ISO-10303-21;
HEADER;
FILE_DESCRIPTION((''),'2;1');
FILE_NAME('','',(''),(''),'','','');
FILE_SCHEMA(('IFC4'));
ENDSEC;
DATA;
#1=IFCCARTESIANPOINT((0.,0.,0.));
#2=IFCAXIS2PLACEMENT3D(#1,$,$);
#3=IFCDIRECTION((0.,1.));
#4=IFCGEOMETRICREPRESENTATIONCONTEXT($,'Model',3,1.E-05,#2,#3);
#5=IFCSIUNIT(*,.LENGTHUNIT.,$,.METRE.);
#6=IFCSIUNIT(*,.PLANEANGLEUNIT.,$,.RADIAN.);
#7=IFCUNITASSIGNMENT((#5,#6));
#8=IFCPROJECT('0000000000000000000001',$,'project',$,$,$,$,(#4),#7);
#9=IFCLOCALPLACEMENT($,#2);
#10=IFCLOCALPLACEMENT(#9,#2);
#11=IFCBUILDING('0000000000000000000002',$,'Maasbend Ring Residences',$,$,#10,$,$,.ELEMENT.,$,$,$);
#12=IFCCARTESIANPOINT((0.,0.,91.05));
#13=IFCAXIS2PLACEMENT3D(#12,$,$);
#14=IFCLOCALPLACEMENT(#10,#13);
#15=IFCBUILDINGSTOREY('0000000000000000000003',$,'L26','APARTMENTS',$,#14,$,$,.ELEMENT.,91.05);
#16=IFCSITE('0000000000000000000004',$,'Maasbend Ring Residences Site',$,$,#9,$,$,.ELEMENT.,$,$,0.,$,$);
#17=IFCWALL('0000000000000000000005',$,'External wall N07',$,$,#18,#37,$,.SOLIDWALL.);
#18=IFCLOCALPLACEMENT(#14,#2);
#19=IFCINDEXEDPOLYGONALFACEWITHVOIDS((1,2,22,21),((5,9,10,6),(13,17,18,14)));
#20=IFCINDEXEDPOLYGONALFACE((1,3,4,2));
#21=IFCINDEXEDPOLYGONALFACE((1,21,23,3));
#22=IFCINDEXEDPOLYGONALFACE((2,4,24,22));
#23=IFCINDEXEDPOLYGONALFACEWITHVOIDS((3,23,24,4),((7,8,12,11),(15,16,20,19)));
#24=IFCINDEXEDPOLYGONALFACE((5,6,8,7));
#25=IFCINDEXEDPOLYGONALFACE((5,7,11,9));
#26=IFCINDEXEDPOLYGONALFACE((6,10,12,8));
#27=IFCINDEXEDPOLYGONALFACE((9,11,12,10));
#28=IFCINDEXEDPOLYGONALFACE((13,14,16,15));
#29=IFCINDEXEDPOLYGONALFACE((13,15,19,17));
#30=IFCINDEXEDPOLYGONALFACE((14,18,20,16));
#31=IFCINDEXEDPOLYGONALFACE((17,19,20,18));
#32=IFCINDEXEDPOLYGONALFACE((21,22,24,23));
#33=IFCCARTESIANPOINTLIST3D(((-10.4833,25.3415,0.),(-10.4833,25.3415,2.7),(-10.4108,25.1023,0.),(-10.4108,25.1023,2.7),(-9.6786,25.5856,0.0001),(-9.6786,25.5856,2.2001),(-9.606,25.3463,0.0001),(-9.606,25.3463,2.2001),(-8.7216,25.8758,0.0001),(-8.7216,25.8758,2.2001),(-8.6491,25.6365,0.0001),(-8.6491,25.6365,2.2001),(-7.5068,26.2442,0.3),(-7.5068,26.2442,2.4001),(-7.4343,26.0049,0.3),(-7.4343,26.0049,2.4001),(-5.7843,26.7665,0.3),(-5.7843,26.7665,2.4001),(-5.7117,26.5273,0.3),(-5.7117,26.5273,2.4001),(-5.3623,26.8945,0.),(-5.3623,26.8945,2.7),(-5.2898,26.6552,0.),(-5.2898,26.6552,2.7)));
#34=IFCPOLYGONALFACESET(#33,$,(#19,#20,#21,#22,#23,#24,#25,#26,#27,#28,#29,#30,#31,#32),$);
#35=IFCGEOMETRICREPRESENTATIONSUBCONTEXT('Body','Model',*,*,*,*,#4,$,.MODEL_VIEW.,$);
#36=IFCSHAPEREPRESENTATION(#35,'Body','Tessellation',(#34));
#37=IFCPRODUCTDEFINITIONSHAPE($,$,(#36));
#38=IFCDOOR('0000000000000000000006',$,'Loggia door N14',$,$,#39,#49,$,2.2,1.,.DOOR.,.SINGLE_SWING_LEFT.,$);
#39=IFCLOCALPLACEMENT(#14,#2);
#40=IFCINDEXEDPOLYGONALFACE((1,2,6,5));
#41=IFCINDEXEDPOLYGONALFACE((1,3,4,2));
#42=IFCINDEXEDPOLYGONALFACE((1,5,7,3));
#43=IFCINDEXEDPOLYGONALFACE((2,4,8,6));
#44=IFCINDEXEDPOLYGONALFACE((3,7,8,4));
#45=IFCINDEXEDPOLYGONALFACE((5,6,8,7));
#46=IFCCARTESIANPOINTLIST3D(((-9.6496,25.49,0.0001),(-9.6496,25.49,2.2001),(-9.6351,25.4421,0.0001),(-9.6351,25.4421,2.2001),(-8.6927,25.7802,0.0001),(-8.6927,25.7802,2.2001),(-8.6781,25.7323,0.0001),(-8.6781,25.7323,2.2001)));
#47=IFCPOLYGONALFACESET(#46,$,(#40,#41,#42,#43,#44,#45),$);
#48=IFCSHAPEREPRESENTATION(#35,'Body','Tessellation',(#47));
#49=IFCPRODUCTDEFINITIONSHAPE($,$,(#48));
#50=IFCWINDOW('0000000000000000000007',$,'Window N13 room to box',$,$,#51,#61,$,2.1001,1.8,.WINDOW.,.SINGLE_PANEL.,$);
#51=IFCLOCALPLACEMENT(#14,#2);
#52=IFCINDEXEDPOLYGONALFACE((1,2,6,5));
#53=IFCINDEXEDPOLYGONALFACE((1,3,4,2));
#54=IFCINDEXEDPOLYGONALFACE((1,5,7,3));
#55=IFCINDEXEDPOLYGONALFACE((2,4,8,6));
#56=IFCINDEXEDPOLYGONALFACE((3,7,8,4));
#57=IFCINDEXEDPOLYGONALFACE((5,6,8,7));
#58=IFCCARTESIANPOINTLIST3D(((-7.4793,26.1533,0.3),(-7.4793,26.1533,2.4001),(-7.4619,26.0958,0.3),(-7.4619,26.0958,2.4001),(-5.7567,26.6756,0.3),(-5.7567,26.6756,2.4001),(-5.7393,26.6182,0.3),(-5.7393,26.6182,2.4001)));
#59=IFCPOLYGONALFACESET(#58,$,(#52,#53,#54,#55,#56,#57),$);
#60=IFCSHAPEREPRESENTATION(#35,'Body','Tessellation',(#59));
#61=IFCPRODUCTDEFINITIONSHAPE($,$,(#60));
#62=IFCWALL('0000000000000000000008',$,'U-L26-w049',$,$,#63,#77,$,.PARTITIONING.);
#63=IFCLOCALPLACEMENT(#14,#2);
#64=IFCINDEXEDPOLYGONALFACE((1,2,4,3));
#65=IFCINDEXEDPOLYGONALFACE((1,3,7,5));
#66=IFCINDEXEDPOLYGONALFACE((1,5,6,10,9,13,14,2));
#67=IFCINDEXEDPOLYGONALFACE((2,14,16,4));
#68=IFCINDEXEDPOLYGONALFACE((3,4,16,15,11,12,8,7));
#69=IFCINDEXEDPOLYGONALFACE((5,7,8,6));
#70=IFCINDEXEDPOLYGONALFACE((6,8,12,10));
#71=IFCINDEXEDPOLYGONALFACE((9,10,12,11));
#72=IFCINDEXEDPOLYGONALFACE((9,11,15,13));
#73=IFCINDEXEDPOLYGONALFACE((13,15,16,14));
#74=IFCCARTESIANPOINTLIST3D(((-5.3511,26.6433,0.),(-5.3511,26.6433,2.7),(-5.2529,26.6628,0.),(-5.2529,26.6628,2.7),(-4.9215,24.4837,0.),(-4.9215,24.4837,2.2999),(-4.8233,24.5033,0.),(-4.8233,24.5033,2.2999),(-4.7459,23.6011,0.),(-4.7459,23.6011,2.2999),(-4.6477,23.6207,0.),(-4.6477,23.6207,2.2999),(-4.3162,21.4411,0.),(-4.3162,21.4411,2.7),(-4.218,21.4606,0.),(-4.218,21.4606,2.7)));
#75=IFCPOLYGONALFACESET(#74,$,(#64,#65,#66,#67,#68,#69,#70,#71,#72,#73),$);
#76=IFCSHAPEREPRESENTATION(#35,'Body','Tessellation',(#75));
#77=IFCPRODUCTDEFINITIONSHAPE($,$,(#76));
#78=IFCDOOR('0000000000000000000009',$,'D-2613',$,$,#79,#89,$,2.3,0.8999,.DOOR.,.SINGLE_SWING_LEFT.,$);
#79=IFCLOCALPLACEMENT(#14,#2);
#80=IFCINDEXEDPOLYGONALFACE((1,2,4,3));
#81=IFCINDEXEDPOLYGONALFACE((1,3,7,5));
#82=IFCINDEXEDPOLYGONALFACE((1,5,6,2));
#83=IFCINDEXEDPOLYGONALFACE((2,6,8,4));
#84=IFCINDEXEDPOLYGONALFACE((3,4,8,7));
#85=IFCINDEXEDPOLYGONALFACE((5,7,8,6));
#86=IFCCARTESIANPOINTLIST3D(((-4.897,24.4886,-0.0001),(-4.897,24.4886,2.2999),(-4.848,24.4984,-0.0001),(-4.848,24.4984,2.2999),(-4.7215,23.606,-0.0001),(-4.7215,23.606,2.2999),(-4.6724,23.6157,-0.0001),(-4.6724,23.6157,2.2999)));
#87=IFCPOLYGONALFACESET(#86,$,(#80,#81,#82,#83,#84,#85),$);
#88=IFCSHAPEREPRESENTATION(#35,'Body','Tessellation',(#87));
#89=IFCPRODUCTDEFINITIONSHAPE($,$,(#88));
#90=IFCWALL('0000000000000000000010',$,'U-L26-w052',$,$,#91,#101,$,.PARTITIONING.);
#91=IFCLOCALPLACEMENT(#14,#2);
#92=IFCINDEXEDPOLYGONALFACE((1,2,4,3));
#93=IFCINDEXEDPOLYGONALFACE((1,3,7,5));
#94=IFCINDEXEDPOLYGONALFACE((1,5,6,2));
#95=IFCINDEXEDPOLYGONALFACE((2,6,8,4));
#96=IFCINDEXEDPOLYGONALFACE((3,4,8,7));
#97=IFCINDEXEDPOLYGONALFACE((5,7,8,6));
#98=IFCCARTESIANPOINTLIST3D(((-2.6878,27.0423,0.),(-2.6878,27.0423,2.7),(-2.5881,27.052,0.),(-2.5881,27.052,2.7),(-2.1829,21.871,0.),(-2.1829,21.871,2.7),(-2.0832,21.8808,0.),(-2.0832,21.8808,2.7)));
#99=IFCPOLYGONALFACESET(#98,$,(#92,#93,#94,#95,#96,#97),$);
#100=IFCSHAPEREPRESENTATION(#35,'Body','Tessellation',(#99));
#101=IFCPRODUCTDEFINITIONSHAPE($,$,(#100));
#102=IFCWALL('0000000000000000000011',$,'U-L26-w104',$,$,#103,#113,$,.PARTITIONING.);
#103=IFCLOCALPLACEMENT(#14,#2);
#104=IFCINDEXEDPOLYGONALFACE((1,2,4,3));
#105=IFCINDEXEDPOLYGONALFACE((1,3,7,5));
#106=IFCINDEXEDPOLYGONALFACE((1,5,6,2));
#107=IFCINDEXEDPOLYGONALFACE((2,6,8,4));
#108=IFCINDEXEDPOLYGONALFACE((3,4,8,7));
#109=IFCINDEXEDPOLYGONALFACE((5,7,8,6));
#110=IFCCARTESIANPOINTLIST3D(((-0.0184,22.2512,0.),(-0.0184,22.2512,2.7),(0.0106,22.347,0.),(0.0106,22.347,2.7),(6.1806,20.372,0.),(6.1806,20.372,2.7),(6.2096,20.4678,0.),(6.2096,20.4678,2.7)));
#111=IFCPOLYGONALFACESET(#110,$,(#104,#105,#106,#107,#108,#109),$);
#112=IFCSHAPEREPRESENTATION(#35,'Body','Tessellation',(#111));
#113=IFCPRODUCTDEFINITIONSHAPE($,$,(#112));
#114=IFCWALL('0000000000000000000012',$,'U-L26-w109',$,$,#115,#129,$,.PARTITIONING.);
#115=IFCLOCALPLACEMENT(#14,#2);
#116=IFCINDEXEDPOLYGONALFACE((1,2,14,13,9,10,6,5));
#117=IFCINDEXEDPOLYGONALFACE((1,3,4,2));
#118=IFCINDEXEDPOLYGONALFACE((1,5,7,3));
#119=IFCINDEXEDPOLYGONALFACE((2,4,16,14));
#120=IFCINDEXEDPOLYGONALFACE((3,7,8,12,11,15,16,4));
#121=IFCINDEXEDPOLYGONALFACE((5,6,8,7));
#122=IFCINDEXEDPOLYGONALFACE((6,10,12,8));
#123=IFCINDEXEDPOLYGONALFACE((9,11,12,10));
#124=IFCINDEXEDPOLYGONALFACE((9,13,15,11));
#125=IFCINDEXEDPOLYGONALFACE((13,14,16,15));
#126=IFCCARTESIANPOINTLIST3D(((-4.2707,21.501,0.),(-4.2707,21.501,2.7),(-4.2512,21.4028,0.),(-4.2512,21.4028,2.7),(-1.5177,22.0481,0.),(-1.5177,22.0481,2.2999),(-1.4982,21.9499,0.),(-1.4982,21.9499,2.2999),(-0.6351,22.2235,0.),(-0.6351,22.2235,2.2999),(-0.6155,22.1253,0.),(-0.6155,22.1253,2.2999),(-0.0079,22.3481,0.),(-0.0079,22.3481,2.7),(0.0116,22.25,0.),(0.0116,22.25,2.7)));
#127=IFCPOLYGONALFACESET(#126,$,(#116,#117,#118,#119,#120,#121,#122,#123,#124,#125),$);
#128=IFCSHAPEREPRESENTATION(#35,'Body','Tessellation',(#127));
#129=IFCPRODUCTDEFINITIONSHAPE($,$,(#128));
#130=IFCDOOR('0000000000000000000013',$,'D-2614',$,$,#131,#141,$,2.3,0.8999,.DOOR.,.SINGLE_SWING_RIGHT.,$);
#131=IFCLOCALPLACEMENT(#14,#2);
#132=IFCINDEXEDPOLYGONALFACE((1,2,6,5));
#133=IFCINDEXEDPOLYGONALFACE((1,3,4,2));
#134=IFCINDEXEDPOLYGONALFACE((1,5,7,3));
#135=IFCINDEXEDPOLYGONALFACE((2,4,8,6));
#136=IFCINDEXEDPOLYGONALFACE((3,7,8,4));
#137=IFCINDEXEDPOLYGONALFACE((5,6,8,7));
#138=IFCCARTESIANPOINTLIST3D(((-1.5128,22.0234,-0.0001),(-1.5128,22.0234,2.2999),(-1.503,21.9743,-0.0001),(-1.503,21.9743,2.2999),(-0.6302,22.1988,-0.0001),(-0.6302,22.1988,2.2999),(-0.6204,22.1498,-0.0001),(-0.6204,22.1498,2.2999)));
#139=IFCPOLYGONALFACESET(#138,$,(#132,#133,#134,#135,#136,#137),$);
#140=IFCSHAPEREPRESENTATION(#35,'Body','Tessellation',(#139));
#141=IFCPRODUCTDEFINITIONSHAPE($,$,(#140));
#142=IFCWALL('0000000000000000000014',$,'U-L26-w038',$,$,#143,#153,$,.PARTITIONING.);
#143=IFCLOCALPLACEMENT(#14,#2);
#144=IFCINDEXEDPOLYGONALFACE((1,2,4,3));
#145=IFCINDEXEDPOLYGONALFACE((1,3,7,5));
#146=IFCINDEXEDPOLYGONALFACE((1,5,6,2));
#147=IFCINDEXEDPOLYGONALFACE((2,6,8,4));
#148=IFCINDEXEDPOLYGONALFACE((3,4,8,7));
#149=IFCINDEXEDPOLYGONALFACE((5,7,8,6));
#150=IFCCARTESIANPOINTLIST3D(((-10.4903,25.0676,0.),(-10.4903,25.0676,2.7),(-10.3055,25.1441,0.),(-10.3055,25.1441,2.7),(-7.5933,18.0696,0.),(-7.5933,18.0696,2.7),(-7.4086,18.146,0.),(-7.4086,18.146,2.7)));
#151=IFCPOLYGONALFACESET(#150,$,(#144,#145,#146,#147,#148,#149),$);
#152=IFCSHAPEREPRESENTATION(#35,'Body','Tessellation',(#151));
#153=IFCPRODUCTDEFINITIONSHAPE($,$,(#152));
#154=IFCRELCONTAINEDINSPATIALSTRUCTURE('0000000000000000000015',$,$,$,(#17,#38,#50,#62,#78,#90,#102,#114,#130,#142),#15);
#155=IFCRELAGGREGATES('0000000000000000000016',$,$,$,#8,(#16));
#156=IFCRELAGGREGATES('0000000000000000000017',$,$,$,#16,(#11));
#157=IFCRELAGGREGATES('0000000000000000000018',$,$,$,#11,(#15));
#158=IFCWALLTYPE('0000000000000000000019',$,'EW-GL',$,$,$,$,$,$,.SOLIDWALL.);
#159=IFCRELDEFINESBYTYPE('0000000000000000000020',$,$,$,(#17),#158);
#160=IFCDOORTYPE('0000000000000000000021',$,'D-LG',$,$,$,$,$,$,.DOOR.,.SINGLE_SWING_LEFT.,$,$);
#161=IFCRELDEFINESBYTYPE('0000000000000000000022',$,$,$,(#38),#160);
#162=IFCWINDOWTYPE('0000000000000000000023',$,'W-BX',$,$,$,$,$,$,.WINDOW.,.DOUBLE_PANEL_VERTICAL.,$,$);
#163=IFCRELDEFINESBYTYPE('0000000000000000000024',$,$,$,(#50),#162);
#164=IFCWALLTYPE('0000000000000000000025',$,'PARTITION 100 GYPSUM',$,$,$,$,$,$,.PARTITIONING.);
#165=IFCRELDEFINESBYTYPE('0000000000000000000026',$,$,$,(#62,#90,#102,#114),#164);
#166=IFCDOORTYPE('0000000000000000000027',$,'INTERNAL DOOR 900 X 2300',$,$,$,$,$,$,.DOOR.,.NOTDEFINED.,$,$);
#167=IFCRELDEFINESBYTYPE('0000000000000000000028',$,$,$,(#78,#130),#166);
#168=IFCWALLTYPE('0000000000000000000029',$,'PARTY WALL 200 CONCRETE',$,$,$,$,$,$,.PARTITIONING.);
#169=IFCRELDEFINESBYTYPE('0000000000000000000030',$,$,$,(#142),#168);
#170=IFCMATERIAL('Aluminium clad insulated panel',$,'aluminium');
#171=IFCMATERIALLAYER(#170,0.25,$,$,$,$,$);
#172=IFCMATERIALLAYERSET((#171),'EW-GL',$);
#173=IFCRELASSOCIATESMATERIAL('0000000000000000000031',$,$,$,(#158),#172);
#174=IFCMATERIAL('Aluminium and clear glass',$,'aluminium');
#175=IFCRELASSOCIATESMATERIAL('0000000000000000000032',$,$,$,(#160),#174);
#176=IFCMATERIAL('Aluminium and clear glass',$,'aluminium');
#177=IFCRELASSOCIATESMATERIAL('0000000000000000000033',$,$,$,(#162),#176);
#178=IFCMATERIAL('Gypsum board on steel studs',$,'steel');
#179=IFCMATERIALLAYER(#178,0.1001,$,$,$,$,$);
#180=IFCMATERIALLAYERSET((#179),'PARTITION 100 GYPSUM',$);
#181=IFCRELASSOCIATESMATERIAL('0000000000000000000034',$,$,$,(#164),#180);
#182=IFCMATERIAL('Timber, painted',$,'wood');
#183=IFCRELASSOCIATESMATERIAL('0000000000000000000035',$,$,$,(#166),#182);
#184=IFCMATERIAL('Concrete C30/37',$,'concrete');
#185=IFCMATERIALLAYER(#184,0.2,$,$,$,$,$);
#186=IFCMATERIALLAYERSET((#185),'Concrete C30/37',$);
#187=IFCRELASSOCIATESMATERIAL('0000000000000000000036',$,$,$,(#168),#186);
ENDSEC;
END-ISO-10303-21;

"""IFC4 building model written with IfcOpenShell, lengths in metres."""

from ifc_helpers import new_model, si_unit, direction, frame, frame_2d, origin, place, context, subcontext, project, spatial, rectangle, extrude, material, layer, layer_set, type_object, element, fill, save


model = new_model("IFC4")

# Units and contexts
model_context = context("Model", 3, precision=1e-05, world=origin(), true_north=direction((0.0, 1.0)))
body_context = subcontext(model_context, "Body", "Model", "MODEL_VIEW")
ifc_project = project(units=[si_unit("LENGTHUNIT", "METRE"), si_unit("PLANEANGLEUNIT", "RADIAN")], contexts=[model_context])

# Site, building, storey
site_placement = place(None, origin())
site = spatial("IfcSite", under=ifc_project, at=site_placement, Name="Maasbend Ring Residences Site", CompositionType="ELEMENT", RefElevation=0.0)
building_placement = place(site_placement, origin())
building = spatial("IfcBuilding", under=site, at=building_placement, Name="Maasbend Ring Residences", CompositionType="ELEMENT")
storey_placement = place(building_placement, frame((0.0, 0.0, 91.05)))
storey = spatial("IfcBuildingStorey", under=building, at=storey_placement, Name="L26", Description="APARTMENTS", CompositionType="ELEMENT", Elevation=91.05)

# Wall, openings, door, window
ifc_material_1 = material(Name="Aluminium clad insulated panel", Category="aluminium")
ifc_layer_1 = layer(ifc_material_1, 0.25)
ifc_layer_set_1 = layer_set([ifc_layer_1], Name="EW-GL")
wall_type_1 = type_object("IfcWallType", Name="EW-GL", PredefinedType="SOLIDWALL", material=ifc_layer_set_1)
wall_1_placement = place(storey_placement, frame((-5.3259, 26.7749, 0.0), z_axis=(0.0, 0.0, 1.0), x_axis=(-0.956966, -0.290201, 0.0)))
wall_1 = element("IfcWall", 1, at=wall_1_placement, inside=storey, type_object=wall_type_1, Name="External wall N07", PredefinedType="SOLIDWALL", context=body_context, shape_type="SweptSolid", body=[
    extrude(rectangle(XDim=5.3513, YDim=0.25, at=frame_2d((2.6758, 0.0))), origin(), (0.0, 0.0, 1.0), 2.7),
])
opening_1_placement = place(wall_1_placement, frame((0.4412, 0.0, 0.3)))
opening_1 = element("IfcOpeningElement", 2, at=opening_1_placement, cuts=wall_1, PredefinedType="OPENING", context=body_context, shape_type="SweptSolid", body=[
    extrude(rectangle(XDim=1.8, YDim=2.1001, at=frame_2d((0.8999, 1.05))), frame((0.0, 0.135, 0.0), z_axis=(0.0, -1.0, 0.0), x_axis=(1.0, 0.0, 0.0)), (0.0, 0.0, 1.0), 0.27),
])
opening_2_placement = place(wall_1_placement, frame((3.5105, 0.0, 0.0)))
opening_2 = element("IfcOpeningElement", 3, at=opening_2_placement, cuts=wall_1, PredefinedType="OPENING", context=body_context, shape_type="SweptSolid", body=[
    extrude(rectangle(XDim=1.0, YDim=2.2, at=frame_2d((0.5, 1.1001))), frame((0.0, 0.135, 0.0), z_axis=(0.0, -1.0, 0.0), x_axis=(1.0, 0.0, 0.0)), (0.0, 0.0, 1.0), 0.27),
])
ifc_material_2 = material(Name="Aluminium and clear glass", Category="aluminium")
door_type_1 = type_object("IfcDoorType", Name="D-LG", OperationType="SINGLE_SWING_LEFT", PredefinedType="DOOR", material=ifc_material_2)
door_1_placement = place(opening_2_placement, origin())
door_1 = element("IfcDoor", 4, at=door_1_placement, inside=storey, type_object=door_type_1, Name="Loggia door N14", OperationType="SINGLE_SWING_LEFT", OverallHeight=2.2, OverallWidth=1.0, PredefinedType="DOOR", context=body_context, shape_type="SweptSolid", body=[
    extrude(rectangle(XDim=1.0, YDim=2.2, at=frame_2d((0.5, 1.1001))), frame((0.0, 0.0249, 0.0), z_axis=(0.0, -1.0, 0.0), x_axis=(1.0, 0.0, 0.0)), (0.0, 0.0, 1.0), 0.05),
])
fill(opening_2, door_1)
ifc_material_3 = material(Name="Aluminium and clear glass", Category="aluminium")
window_type_1 = type_object("IfcWindowType", Name="W-BX", PartitioningType="DOUBLE_PANEL_VERTICAL", PredefinedType="WINDOW", material=ifc_material_3)
window_1_placement = place(opening_1_placement, origin())
window_1 = element("IfcWindow", 5, at=window_1_placement, inside=storey, type_object=window_type_1, Name="Window N13 room to box", OverallHeight=2.1001, OverallWidth=1.8, PartitioningType="SINGLE_PANEL", PredefinedType="WINDOW", context=body_context, shape_type="SweptSolid", body=[
    extrude(rectangle(XDim=1.8, YDim=2.1001, at=frame_2d((0.8999, 1.05))), frame((0.0, 0.03, 0.0), z_axis=(0.0, -1.0, 0.0), x_axis=(1.0, 0.0, 0.0)), (0.0, 0.0, 1.0), 0.0601),
])
fill(opening_1, window_1)

# Wall, opening, door
ifc_material_4 = material(Name="Gypsum board on steel studs", Category="steel")
ifc_layer_2 = layer(ifc_material_4, 0.1001)
ifc_layer_set_2 = layer_set([ifc_layer_2], Name="PARTITION 100 GYPSUM")
wall_type_2 = type_object("IfcWallType", Name="PARTITION 100 GYPSUM", PredefinedType="PARTITIONING", material=ifc_layer_set_2)
wall_2_placement = place(storey_placement, frame((-5.302, 26.6531, 0.0), z_axis=(0.0, 0.0, 1.0), x_axis=(0.195116, -0.98078, 0.0)))
wall_2 = element("IfcWall", 6, at=wall_2_placement, inside=storey, type_object=wall_type_2, Name="U-L26-w049", PredefinedType="PARTITIONING", context=body_context, shape_type="SweptSolid", body=[
    extrude(rectangle(XDim=5.3042, YDim=0.1001, at=frame_2d((2.6521, 0.0))), origin(), (0.0, 0.0, 1.0), 2.7),
])
opening_3_placement = place(wall_2_placement, frame((2.2019, 0.0, 0.0)))
opening_3 = element("IfcOpeningElement", 7, at=opening_3_placement, cuts=wall_2, PredefinedType="OPENING", context=body_context, shape_type="SweptSolid", body=[
    extrude(rectangle(XDim=0.8999, YDim=2.3, at=frame_2d((0.45, 1.1499))), frame((0.0, 0.0601, 0.0), z_axis=(0.0, -1.0, 0.0), x_axis=(1.0, 0.0, 0.0)), (0.0, 0.0, 1.0), 0.1201),
])
ifc_material_5 = material(Name="Timber, painted", Category="wood")
door_type_2 = type_object("IfcDoorType", Name="INTERNAL DOOR 900 X 2300", OperationType="NOTDEFINED", PredefinedType="DOOR", material=ifc_material_5)
door_2_placement = place(opening_3_placement, origin())
door_2 = element("IfcDoor", 8, at=door_2_placement, inside=storey, type_object=door_type_2, Name="D-2613", OperationType="SINGLE_SWING_LEFT", OverallHeight=2.3, OverallWidth=0.8999, PredefinedType="DOOR", context=body_context, shape_type="SweptSolid", body=[
    extrude(rectangle(XDim=0.8999, YDim=2.3, at=frame_2d((0.45, 1.1499))), frame((0.0, 0.0249, 0.0), z_axis=(0.0, -1.0, 0.0), x_axis=(1.0, 0.0, 0.0)), (0.0, 0.0, 1.0), 0.05),
])
fill(opening_3, door_2)

# Walls
wall_3_placement = place(storey_placement, frame((-2.6379, 27.0471, 0.0), z_axis=(0.0, 0.0, 1.0), x_axis=(0.097173, -0.995268, 0.0)))
element("IfcWall", 9, at=wall_3_placement, inside=storey, type_object=wall_type_2, Name="U-L26-w052", PredefinedType="PARTITIONING", context=body_context, shape_type="SweptSolid", body=[
    extrude(rectangle(XDim=5.1958, YDim=0.1001, at=frame_2d((2.5979, 0.0))), origin(), (0.0, 0.0, 1.0), 2.7),
])
wall_4_placement = place(storey_placement, frame((-0.0039, 22.2991, 0.0), z_axis=(0.0, 0.0, 1.0), x_axis=(0.956996, -0.290103, 0.0)))
element("IfcWall", 10, at=wall_4_placement, inside=storey, type_object=wall_type_2, Name="U-L26-w104", PredefinedType="PARTITIONING", context=body_context, shape_type="SweptSolid", body=[
    extrude(rectangle(XDim=6.4775, YDim=0.1001, at=frame_2d((3.2388, 0.0))), origin(), (0.0, 0.0, 1.0), 2.7),
])

# Wall, opening, door
wall_5_placement = place(storey_placement, frame((-4.261, 21.4519, 0.0), z_axis=(0.0, 0.0, 1.0), x_axis=(0.98082, 0.194917, 0.0)))
wall_5 = element("IfcWall", 11, at=wall_5_placement, inside=storey, type_object=wall_type_2, Name="U-L26-w109", PredefinedType="PARTITIONING", context=body_context, shape_type="SweptSolid", body=[
    extrude(rectangle(XDim=4.3462, YDim=0.1001, at=frame_2d((2.1731, 0.0))), origin(), (0.0, 0.0, 1.0), 2.7),
])
opening_4_placement = place(wall_5_placement, frame((2.8069, 0.0, 0.0)))
opening_4 = element("IfcOpeningElement", 12, at=opening_4_placement, cuts=wall_5, PredefinedType="OPENING", context=body_context, shape_type="SweptSolid", body=[
    extrude(rectangle(XDim=0.8999, YDim=2.3, at=frame_2d((0.45, 1.1499))), frame((0.0, 0.0601, 0.0), z_axis=(0.0, -1.0, 0.0), x_axis=(1.0, 0.0, 0.0)), (0.0, 0.0, 1.0), 0.1201),
])
door_3_placement = place(opening_4_placement, origin())
door_3 = element("IfcDoor", 13, at=door_3_placement, inside=storey, type_object=door_type_2, Name="D-2614", OperationType="SINGLE_SWING_RIGHT", OverallHeight=2.3, OverallWidth=0.8999, PredefinedType="DOOR", context=body_context, shape_type="SweptSolid", body=[
    extrude(rectangle(XDim=0.8999, YDim=2.3, at=frame_2d((0.45, 1.1499))), frame((0.0, 0.0249, 0.0), z_axis=(0.0, -1.0, 0.0), x_axis=(1.0, 0.0, 0.0)), (0.0, 0.0, 1.0), 0.05),
])
fill(opening_4, door_3)

# Wall
ifc_material_6 = material(Name="Concrete C30/37", Category="concrete")
ifc_layer_3 = layer(ifc_material_6, 0.2)
ifc_layer_set_3 = layer_set([ifc_layer_3], Name="Concrete C30/37")
wall_type_3 = type_object("IfcWallType", Name="PARTY WALL 200 CONCRETE", PredefinedType="PARTITIONING", material=ifc_layer_set_3)
wall_6_placement = place(storey_placement, frame((-10.3979, 25.106, 0.0), z_axis=(0.0, 0.0, 1.0), x_axis=(0.38249, -0.923959, 0.0)))
element("IfcWall", 14, at=wall_6_placement, inside=storey, type_object=wall_type_3, Name="U-L26-w038", PredefinedType="PARTITIONING", context=body_context, shape_type="SweptSolid", body=[
    extrude(rectangle(XDim=7.574, YDim=0.2, at=frame_2d((3.7871, 0.0))), origin(), (0.0, 0.0, 1.0), 2.7),
])

save(model, "model.ifc")
